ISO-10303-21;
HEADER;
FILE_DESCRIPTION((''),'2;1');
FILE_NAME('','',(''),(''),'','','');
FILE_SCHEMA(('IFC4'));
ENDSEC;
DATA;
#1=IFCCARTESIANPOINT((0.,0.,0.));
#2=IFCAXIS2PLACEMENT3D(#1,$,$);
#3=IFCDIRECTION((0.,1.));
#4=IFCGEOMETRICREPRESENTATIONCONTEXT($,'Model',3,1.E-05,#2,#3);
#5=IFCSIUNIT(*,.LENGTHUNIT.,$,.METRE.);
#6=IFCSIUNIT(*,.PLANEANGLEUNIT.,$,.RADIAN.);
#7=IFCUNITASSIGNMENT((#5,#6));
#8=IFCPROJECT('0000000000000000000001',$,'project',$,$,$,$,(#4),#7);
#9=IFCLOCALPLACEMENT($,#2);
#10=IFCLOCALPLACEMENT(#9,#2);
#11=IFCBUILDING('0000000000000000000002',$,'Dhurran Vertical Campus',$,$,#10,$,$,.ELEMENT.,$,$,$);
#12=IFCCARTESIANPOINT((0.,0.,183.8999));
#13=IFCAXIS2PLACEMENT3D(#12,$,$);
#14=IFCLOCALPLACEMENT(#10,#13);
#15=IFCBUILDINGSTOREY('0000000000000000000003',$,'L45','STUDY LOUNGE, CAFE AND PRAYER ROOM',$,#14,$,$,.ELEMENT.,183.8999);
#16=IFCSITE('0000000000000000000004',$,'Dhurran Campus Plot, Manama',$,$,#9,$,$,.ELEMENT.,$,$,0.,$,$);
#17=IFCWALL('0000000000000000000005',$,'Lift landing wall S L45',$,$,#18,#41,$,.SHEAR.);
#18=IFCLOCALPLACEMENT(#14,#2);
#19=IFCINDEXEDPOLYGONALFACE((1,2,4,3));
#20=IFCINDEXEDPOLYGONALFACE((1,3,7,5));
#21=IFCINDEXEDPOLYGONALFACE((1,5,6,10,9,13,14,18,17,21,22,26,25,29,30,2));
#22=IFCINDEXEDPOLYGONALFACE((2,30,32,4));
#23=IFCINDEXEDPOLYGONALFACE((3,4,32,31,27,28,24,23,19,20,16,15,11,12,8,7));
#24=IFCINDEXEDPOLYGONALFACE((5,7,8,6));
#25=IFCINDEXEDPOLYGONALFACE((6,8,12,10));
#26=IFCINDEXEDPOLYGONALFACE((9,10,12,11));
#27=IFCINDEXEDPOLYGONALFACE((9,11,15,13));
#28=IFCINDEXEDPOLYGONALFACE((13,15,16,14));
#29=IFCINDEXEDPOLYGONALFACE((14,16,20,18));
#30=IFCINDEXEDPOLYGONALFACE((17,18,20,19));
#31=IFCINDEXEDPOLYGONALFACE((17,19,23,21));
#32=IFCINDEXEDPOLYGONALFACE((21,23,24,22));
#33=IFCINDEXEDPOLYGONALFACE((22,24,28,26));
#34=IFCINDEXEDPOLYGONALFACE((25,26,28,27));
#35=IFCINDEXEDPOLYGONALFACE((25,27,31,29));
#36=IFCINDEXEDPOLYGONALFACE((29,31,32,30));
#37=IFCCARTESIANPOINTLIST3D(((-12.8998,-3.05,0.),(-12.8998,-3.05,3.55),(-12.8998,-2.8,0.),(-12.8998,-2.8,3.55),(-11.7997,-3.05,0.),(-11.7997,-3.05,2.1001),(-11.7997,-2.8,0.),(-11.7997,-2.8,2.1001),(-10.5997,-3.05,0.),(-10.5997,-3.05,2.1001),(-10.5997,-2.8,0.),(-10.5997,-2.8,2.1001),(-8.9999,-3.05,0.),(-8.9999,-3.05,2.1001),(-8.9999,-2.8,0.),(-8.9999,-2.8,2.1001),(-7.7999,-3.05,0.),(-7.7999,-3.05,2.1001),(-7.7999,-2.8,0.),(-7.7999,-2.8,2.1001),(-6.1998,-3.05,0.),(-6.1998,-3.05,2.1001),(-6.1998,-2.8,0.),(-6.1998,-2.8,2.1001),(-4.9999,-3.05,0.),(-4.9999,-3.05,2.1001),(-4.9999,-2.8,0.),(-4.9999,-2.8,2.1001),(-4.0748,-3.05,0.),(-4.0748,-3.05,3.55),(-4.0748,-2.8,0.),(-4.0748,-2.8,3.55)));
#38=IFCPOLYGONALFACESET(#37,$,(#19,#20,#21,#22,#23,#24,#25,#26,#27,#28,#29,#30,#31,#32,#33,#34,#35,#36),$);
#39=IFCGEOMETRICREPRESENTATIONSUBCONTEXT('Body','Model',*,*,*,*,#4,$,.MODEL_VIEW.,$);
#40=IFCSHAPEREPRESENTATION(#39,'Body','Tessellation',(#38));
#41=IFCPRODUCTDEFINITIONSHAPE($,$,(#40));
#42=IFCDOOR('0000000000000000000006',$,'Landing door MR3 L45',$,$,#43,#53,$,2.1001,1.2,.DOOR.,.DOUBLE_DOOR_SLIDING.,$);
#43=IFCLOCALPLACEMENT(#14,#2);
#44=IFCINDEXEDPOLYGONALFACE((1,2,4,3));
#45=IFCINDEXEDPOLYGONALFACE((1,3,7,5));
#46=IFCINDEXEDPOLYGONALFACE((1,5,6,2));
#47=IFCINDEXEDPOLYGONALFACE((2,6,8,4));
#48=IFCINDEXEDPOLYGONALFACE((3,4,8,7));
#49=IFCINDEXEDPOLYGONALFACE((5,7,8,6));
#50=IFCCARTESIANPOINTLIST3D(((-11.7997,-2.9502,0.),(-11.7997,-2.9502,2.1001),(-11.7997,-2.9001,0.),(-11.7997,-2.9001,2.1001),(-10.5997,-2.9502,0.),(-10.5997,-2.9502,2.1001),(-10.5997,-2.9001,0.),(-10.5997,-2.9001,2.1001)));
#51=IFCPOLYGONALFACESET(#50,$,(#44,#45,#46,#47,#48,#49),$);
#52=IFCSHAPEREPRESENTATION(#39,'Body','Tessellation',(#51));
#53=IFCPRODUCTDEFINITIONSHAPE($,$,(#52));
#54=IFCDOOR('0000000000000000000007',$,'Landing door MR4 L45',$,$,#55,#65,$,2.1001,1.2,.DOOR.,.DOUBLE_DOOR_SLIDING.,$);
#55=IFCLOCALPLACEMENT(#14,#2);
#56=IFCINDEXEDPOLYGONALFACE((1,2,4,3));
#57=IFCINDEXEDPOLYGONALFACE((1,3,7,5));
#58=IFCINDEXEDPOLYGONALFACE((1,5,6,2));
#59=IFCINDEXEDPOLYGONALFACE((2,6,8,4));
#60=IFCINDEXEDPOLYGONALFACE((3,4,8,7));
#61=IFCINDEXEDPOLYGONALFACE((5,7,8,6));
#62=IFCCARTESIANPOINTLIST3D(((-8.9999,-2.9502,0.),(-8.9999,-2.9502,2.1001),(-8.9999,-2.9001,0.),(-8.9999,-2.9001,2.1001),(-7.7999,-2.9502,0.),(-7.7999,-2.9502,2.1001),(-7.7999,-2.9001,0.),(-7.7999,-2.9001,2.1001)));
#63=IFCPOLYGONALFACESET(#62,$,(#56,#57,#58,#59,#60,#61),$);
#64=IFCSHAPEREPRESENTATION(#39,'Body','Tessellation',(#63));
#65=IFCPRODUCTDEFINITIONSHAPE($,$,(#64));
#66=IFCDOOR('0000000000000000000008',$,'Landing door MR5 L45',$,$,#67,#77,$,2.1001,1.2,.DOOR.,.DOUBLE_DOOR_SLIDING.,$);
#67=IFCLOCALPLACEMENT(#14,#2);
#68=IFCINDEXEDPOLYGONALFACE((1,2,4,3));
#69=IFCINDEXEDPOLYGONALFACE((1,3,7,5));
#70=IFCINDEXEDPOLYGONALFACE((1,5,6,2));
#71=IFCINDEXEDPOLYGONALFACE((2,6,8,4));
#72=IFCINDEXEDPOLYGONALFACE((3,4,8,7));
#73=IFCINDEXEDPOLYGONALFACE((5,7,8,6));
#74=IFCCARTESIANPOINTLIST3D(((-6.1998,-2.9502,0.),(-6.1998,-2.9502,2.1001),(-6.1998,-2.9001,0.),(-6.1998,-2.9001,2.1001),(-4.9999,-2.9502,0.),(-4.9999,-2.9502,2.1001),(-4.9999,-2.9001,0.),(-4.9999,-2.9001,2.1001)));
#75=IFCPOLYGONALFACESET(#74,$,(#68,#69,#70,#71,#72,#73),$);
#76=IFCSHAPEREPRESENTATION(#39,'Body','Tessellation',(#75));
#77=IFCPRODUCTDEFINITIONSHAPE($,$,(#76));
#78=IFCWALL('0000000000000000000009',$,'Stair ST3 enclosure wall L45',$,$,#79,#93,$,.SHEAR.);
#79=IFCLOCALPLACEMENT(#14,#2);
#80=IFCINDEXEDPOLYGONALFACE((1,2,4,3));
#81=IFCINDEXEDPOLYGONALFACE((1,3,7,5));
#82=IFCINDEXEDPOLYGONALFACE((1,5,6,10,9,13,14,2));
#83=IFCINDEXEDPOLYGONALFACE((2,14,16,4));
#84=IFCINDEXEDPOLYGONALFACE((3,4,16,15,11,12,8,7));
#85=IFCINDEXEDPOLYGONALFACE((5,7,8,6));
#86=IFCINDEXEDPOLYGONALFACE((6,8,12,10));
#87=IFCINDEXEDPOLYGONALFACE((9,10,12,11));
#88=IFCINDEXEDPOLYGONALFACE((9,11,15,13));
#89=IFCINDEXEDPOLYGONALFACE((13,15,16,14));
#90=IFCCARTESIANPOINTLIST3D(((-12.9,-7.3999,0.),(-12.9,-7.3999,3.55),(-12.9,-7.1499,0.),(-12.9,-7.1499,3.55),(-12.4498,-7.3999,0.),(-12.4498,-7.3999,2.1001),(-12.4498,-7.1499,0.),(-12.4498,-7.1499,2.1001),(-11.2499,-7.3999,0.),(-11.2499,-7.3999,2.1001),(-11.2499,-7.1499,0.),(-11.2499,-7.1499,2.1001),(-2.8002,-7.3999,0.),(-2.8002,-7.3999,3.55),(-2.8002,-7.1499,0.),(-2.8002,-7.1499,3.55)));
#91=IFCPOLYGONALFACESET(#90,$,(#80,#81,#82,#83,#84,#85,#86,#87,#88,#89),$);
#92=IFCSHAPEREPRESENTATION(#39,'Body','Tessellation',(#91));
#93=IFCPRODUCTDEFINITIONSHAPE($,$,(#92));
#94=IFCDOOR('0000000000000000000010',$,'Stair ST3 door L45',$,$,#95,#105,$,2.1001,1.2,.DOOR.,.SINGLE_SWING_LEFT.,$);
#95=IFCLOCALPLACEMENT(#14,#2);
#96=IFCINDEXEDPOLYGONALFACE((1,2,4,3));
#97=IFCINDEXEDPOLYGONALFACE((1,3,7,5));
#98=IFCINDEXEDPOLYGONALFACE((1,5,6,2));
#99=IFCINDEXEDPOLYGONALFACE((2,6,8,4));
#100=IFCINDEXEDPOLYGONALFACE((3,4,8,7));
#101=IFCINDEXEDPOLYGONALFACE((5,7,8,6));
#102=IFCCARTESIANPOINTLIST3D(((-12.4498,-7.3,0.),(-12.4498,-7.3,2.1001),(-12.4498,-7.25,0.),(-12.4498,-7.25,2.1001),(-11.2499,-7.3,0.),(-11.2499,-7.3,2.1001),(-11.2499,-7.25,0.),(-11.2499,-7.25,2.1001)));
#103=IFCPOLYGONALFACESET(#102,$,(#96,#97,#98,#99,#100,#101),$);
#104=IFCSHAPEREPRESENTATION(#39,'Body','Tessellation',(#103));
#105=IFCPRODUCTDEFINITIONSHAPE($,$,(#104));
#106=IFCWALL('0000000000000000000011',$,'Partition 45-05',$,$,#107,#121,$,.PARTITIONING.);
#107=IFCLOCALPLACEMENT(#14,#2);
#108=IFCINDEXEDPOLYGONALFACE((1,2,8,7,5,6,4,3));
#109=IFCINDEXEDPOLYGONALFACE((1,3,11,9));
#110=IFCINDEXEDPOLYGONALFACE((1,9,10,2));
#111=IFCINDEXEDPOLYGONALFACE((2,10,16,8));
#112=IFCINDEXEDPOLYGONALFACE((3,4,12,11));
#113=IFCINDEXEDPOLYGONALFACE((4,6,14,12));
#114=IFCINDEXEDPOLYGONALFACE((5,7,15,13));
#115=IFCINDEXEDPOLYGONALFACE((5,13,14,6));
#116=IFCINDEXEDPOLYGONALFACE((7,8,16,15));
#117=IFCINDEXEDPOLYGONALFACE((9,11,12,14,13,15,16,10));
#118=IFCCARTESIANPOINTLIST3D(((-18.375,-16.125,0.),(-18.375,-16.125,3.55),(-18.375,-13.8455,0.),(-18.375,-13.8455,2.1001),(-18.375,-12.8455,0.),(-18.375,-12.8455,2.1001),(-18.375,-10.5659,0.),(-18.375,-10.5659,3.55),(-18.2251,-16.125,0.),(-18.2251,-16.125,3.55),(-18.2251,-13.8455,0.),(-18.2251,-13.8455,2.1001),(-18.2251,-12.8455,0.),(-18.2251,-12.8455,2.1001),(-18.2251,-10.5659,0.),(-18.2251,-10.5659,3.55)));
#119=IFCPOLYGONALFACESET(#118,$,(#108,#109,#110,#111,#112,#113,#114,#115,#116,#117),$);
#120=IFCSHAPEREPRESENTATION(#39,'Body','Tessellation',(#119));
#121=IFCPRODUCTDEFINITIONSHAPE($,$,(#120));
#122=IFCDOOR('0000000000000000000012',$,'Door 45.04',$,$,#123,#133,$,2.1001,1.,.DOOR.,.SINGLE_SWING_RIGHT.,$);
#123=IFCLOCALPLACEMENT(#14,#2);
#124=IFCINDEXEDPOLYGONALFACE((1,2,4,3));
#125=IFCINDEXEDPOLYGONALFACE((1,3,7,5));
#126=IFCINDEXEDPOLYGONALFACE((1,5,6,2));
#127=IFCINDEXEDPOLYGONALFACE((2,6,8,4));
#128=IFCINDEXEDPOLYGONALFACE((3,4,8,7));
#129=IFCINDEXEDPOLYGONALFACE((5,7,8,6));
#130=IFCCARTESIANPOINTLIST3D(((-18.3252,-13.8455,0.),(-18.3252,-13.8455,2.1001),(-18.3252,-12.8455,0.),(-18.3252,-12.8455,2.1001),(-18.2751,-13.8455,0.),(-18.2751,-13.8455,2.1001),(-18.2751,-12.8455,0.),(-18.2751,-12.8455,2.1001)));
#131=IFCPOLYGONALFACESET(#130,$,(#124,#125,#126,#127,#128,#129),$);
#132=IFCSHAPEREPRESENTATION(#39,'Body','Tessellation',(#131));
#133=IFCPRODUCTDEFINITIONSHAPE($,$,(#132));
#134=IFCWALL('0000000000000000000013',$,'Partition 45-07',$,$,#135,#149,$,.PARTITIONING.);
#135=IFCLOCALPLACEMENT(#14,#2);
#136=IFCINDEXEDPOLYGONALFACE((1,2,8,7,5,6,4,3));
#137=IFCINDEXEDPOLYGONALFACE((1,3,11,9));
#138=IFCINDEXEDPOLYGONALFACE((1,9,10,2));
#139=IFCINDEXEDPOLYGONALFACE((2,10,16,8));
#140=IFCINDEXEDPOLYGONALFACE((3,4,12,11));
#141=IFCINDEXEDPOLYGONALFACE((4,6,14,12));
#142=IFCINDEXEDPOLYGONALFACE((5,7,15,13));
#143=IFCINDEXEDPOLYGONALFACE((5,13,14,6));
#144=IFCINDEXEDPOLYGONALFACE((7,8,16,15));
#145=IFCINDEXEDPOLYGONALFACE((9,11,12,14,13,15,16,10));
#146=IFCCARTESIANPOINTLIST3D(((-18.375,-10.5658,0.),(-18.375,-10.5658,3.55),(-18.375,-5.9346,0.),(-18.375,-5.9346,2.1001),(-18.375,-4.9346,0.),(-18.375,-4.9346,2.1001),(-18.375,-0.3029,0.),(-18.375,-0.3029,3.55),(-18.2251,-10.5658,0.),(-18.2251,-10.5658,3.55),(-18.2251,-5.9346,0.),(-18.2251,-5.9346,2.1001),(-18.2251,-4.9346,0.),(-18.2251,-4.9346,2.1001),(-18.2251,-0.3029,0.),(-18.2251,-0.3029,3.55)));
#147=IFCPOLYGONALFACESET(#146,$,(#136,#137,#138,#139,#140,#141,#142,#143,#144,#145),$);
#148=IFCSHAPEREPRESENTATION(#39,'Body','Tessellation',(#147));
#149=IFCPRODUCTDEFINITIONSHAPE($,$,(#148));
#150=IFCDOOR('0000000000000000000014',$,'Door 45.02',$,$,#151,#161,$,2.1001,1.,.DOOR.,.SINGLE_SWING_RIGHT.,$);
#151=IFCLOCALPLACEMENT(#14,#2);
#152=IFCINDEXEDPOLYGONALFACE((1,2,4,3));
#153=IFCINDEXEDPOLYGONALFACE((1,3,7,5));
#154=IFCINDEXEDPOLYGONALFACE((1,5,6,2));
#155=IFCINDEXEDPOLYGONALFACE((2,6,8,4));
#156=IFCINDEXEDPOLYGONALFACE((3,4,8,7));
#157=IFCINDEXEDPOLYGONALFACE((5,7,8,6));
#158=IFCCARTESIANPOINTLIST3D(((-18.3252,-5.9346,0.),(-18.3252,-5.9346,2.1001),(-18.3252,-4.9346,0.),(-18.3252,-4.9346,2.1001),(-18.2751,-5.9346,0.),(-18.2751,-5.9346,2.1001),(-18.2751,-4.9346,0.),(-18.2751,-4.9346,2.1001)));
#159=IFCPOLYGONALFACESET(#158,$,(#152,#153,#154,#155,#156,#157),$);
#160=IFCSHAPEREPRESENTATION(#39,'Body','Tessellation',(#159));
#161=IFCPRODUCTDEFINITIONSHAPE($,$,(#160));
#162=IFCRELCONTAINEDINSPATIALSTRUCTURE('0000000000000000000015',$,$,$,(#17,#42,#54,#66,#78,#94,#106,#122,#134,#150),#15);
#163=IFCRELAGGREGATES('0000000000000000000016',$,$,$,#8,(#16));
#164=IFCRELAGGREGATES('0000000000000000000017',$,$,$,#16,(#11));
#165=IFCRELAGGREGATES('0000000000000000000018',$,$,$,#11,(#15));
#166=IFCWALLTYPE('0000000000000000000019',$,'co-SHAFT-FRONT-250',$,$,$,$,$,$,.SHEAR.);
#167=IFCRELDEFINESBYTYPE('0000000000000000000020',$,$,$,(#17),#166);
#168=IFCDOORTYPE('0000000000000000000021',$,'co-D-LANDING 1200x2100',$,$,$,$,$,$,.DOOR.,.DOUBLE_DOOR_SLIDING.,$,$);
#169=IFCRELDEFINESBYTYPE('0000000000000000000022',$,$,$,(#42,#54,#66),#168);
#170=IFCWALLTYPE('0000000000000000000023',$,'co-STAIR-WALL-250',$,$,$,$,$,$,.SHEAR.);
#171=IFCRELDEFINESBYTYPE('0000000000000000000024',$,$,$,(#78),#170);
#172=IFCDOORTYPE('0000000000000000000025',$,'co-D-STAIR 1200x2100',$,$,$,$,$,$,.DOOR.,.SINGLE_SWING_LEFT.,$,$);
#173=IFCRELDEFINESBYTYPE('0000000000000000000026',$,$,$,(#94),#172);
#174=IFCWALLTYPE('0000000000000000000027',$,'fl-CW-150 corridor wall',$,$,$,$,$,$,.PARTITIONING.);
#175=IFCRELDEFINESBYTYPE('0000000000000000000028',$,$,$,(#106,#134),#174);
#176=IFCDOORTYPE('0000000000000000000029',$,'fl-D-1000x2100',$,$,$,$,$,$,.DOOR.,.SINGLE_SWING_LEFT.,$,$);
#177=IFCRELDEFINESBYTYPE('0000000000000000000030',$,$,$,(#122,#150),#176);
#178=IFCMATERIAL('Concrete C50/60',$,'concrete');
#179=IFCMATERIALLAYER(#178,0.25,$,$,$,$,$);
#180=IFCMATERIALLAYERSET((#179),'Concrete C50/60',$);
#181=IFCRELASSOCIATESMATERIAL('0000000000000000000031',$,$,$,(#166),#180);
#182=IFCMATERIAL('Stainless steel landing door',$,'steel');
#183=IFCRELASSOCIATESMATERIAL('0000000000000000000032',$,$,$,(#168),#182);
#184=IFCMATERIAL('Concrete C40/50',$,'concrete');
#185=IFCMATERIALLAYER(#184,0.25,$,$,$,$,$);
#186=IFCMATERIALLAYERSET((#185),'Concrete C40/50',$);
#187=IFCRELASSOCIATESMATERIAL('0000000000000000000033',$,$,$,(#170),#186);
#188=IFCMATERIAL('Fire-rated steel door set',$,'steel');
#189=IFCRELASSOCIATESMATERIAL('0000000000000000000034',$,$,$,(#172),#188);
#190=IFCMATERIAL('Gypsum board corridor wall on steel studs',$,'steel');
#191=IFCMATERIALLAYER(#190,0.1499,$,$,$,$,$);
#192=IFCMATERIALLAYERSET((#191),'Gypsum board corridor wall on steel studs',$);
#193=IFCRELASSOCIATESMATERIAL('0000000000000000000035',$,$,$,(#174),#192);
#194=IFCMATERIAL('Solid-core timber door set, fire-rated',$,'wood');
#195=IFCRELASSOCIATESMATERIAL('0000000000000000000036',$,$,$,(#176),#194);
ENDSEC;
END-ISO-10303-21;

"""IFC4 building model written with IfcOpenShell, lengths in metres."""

from ifc_helpers import new_model, si_unit, direction, frame, frame_2d, origin, place, context, subcontext, project, spatial, rectangle, extrude, material, layer, layer_set, type_object, element, fill, save


model = new_model("IFC4")

# Units and contexts
model_context = context("Model", 3, precision=1e-05, world=origin(), true_north=direction((0.0, 1.0)))
body_context = subcontext(model_context, "Body", "Model", "MODEL_VIEW")
ifc_project = project(units=[si_unit("LENGTHUNIT", "METRE"), si_unit("PLANEANGLEUNIT", "RADIAN")], contexts=[model_context])

# Site, building, storey
site_placement = place(None, origin())
site = spatial("IfcSite", under=ifc_project, at=site_placement, Name="Dhurran Campus Plot, Manama", CompositionType="ELEMENT", RefElevation=0.0)
building_placement = place(site_placement, origin())
building = spatial("IfcBuilding", under=site, at=building_placement, Name="Dhurran Vertical Campus", CompositionType="ELEMENT")
storey_placement = place(building_placement, frame((0.0, 0.0, 183.8999)))
storey = spatial("IfcBuildingStorey", under=building, at=storey_placement, Name="L45", Description="STUDY LOUNGE, CAFE AND PRAYER ROOM", CompositionType="ELEMENT", Elevation=183.8999)

# Wall, openings, doors
ifc_material_1 = material(Name="Concrete C50/60", Category="concrete")
ifc_layer_1 = layer(ifc_material_1, 0.25)
ifc_layer_set_1 = layer_set([ifc_layer_1], Name="Concrete C50/60")
wall_type_1 = type_object("IfcWallType", Name="co-SHAFT-FRONT-250", PredefinedType="SHEAR", material=ifc_layer_set_1)
wall_1_placement = place(storey_placement, frame((-12.8999, -2.925, 0.0), z_axis=(0.0, 0.0, 1.0), x_axis=(1.0, 0.0, 0.0)))
wall_1 = element("IfcWall", 1, at=wall_1_placement, inside=storey, type_object=wall_type_1, Name="Lift landing wall S L45", PredefinedType="SHEAR", context=body_context, shape_type="SweptSolid", body=[
    extrude(rectangle(XDim=8.825, YDim=0.25, at=frame_2d((4.4126, 0.0))), origin(), (0.0, 0.0, 1.0), 3.55),
])
opening_1_placement = place(wall_1_placement, frame((1.1001, 0.0, 0.0)))
opening_1 = element("IfcOpeningElement", 2, at=opening_1_placement, cuts=wall_1, PredefinedType="OPENING", context=body_context, shape_type="SweptSolid", body=[
    extrude(rectangle(XDim=1.2, YDim=2.1001, at=frame_2d((0.6001, 1.05))), frame((0.0, 0.135, 0.0), z_axis=(0.0, -1.0, 0.0), x_axis=(1.0, 0.0, 0.0)), (0.0, 0.0, 1.0), 0.27),
])
opening_2_placement = place(wall_1_placement, frame((3.8999, 0.0, 0.0)))
opening_2 = element("IfcOpeningElement", 3, at=opening_2_placement, cuts=wall_1, PredefinedType="OPENING", context=body_context, shape_type="SweptSolid", body=[
    extrude(rectangle(XDim=1.2, YDim=2.1001, at=frame_2d((0.6001, 1.05))), frame((0.0, 0.135, 0.0), z_axis=(0.0, -1.0, 0.0), x_axis=(1.0, 0.0, 0.0)), (0.0, 0.0, 1.0), 0.27),
])
opening_3_placement = place(wall_1_placement, frame((6.7, 0.0, 0.0)))
opening_3 = element("IfcOpeningElement", 4, at=opening_3_placement, cuts=wall_1, PredefinedType="OPENING", context=body_context, shape_type="SweptSolid", body=[
    extrude(rectangle(XDim=1.2, YDim=2.1001, at=frame_2d((0.6001, 1.05))), frame((0.0, 0.135, 0.0), z_axis=(0.0, -1.0, 0.0), x_axis=(1.0, 0.0, 0.0)), (0.0, 0.0, 1.0), 0.27),
])
ifc_material_2 = material(Name="Stainless steel landing door", Category="steel")
door_type_1 = type_object("IfcDoorType", Name="co-D-LANDING 1200x2100", OperationType="DOUBLE_DOOR_SLIDING", PredefinedType="DOOR", material=ifc_material_2)
door_1_placement = place(opening_1_placement, origin())
door_1 = element("IfcDoor", 5, at=door_1_placement, inside=storey, type_object=door_type_1, Name="Landing door MR3 L45", OperationType="DOUBLE_DOOR_SLIDING", OverallHeight=2.1001, OverallWidth=1.2, PredefinedType="DOOR", context=body_context, shape_type="SweptSolid", body=[
    extrude(rectangle(XDim=1.2, YDim=2.1001, at=frame_2d((0.6001, 1.05))), frame((0.0, 0.0249, 0.0), z_axis=(0.0, -1.0, 0.0), x_axis=(1.0, 0.0, 0.0)), (0.0, 0.0, 1.0), 0.05),
])
fill(opening_1, door_1)
door_2_placement = place(opening_2_placement, origin())
door_2 = element("IfcDoor", 6, at=door_2_placement, inside=storey, type_object=door_type_1, Name="Landing door MR4 L45", OperationType="DOUBLE_DOOR_SLIDING", OverallHeight=2.1001, OverallWidth=1.2, PredefinedType="DOOR", context=body_context, shape_type="SweptSolid", body=[
    extrude(rectangle(XDim=1.2, YDim=2.1001, at=frame_2d((0.6001, 1.05))), frame((0.0, 0.0249, 0.0), z_axis=(0.0, -1.0, 0.0), x_axis=(1.0, 0.0, 0.0)), (0.0, 0.0, 1.0), 0.05),
])
fill(opening_2, door_2)
door_3_placement = place(opening_3_placement, origin())
door_3 = element("IfcDoor", 7, at=door_3_placement, inside=storey, type_object=door_type_1, Name="Landing door MR5 L45", OperationType="DOUBLE_DOOR_SLIDING", OverallHeight=2.1001, OverallWidth=1.2, PredefinedType="DOOR", context=body_context, shape_type="SweptSolid", body=[
    extrude(rectangle(XDim=1.2, YDim=2.1001, at=frame_2d((0.6001, 1.05))), frame((0.0, 0.0249, 0.0), z_axis=(0.0, -1.0, 0.0), x_axis=(1.0, 0.0, 0.0)), (0.0, 0.0, 1.0), 0.05),
])
fill(opening_3, door_3)

# Walls, openings, doors
ifc_material_3 = material(Name="Concrete C40/50", Category="concrete")
ifc_layer_2 = layer(ifc_material_3, 0.25)
ifc_layer_set_2 = layer_set([ifc_layer_2], Name="Concrete C40/50")
wall_type_2 = type_object("IfcWallType", Name="co-STAIR-WALL-250", PredefinedType="SHEAR", material=ifc_layer_set_2)
wall_2_placement = place(storey_placement, frame((-12.8999, -7.2749, 0.0), z_axis=(0.0, 0.0, 1.0), x_axis=(1.0, 0.0, 0.0)))
wall_2 = element("IfcWall", 8, at=wall_2_placement, inside=storey, type_object=wall_type_2, Name="Stair ST3 enclosure wall L45", PredefinedType="SHEAR", context=body_context, shape_type="SweptSolid", body=[
    extrude(rectangle(XDim=10.0999, YDim=0.25, at=frame_2d((5.0498, 0.0))), origin(), (0.0, 0.0, 1.0), 3.55),
])
opening_4_placement = place(wall_2_placement, frame((0.45, 0.0, 0.0)))
opening_4 = element("IfcOpeningElement", 9, at=opening_4_placement, cuts=wall_2, PredefinedType="OPENING", context=body_context, shape_type="SweptSolid", body=[
    extrude(rectangle(XDim=1.2, YDim=2.1001, at=frame_2d((0.6001, 1.05))), frame((0.0, 0.135, 0.0), z_axis=(0.0, -1.0, 0.0), x_axis=(1.0, 0.0, 0.0)), (0.0, 0.0, 1.0), 0.27),
])
ifc_material_4 = material(Name="Fire-rated steel door set", Category="steel")
door_type_2 = type_object("IfcDoorType", Name="co-D-STAIR 1200x2100", OperationType="SINGLE_SWING_LEFT", PredefinedType="DOOR", material=ifc_material_4)
door_4_placement = place(opening_4_placement, origin())
door_4 = element("IfcDoor", 10, at=door_4_placement, inside=storey, type_object=door_type_2, Name="Stair ST3 door L45", OperationType="SINGLE_SWING_LEFT", OverallHeight=2.1001, OverallWidth=1.2, PredefinedType="DOOR", context=body_context, shape_type="SweptSolid", body=[
    extrude(rectangle(XDim=1.2, YDim=2.1001, at=frame_2d((0.6001, 1.05))), frame((0.0, 0.0249, 0.0), z_axis=(0.0, -1.0, 0.0), x_axis=(1.0, 0.0, 0.0)), (0.0, 0.0, 1.0), 0.05),
])
fill(opening_4, door_4)
ifc_material_5 = material(Name="Gypsum board corridor wall on steel studs", Category="steel")
ifc_layer_3 = layer(ifc_material_5, 0.1499)
ifc_layer_set_3 = layer_set([ifc_layer_3], Name="Gypsum board corridor wall on steel studs")
wall_type_3 = type_object("IfcWallType", Name="fl-CW-150 corridor wall", PredefinedType="PARTITIONING", material=ifc_layer_set_3)
wall_3_placement = place(storey_placement, frame((-18.3, -10.5659, 0.0), z_axis=(0.0, 0.0, 1.0), x_axis=(0.0, -1.0, 0.0)))
wall_3 = element("IfcWall", 11, at=wall_3_placement, inside=storey, type_object=wall_type_3, Name="Partition 45-05", PredefinedType="PARTITIONING", context=body_context, shape_type="SweptSolid", body=[
    extrude(rectangle(XDim=5.5591, YDim=0.1499, at=frame_2d((2.7795, 0.0))), origin(), (0.0, 0.0, 1.0), 3.55),
])
opening_5_placement = place(wall_3_placement, frame((2.2795, 0.0, 0.0)))
opening_5 = element("IfcOpeningElement", 12, at=opening_5_placement, cuts=wall_3, PredefinedType="OPENING", context=body_context, shape_type="SweptSolid", body=[
    extrude(rectangle(XDim=1.0, YDim=2.1001, at=frame_2d((0.5, 1.05))), frame((0.0, 0.085, 0.0), z_axis=(0.0, -1.0, 0.0), x_axis=(1.0, 0.0, 0.0)), (0.0, 0.0, 1.0), 0.1699),
])
ifc_material_6 = material(Name="Solid-core timber door set, fire-rated", Category="wood")
door_type_3 = type_object("IfcDoorType", Name="fl-D-1000x2100", OperationType="SINGLE_SWING_LEFT", PredefinedType="DOOR", material=ifc_material_6)
door_5_placement = place(opening_5_placement, origin())
door_5 = element("IfcDoor", 13, at=door_5_placement, inside=storey, type_object=door_type_3, Name="Door 45.04", OperationType="SINGLE_SWING_RIGHT", OverallHeight=2.1001, OverallWidth=1.0, PredefinedType="DOOR", context=body_context, shape_type="SweptSolid", body=[
    extrude(rectangle(XDim=1.0, YDim=2.1001, at=frame_2d((0.5, 1.05))), frame((0.0, 0.0249, 0.0), z_axis=(0.0, -1.0, 0.0), x_axis=(1.0, 0.0, 0.0)), (0.0, 0.0, 1.0), 0.05),
])
fill(opening_5, door_5)
wall_4_placement = place(storey_placement, frame((-18.3, -0.303, 0.0), z_axis=(0.0, 0.0, 1.0), x_axis=(0.0, -1.0, 0.0)))
wall_4 = element("IfcWall", 14, at=wall_4_placement, inside=storey, type_object=wall_type_3, Name="Partition 45-07", PredefinedType="PARTITIONING", context=body_context, shape_type="SweptSolid", body=[
    extrude(rectangle(XDim=10.2629, YDim=0.1499, at=frame_2d((5.1313, 0.0))), origin(), (0.0, 0.0, 1.0), 3.55),
])
opening_6_placement = place(wall_4_placement, frame((4.6316, 0.0, 0.0)))
opening_6 = element("IfcOpeningElement", 15, at=opening_6_placement, cuts=wall_4, PredefinedType="OPENING", context=body_context, shape_type="SweptSolid", body=[
    extrude(rectangle(XDim=1.0, YDim=2.1001, at=frame_2d((0.5, 1.05))), frame((0.0, 0.085, 0.0), z_axis=(0.0, -1.0, 0.0), x_axis=(1.0, 0.0, 0.0)), (0.0, 0.0, 1.0), 0.1699),
])
door_6_placement = place(opening_6_placement, origin())
door_6 = element("IfcDoor", 16, at=door_6_placement, inside=storey, type_object=door_type_3, Name="Door 45.02", OperationType="SINGLE_SWING_RIGHT", OverallHeight=2.1001, OverallWidth=1.0, PredefinedType="DOOR", context=body_context, shape_type="SweptSolid", body=[
    extrude(rectangle(XDim=1.0, YDim=2.1001, at=frame_2d((0.5, 1.05))), frame((0.0, 0.0249, 0.0), z_axis=(0.0, -1.0, 0.0), x_axis=(1.0, 0.0, 0.0)), (0.0, 0.0, 1.0), 0.05),
])
fill(opening_6, door_6)

save(model, "model.ifc")
